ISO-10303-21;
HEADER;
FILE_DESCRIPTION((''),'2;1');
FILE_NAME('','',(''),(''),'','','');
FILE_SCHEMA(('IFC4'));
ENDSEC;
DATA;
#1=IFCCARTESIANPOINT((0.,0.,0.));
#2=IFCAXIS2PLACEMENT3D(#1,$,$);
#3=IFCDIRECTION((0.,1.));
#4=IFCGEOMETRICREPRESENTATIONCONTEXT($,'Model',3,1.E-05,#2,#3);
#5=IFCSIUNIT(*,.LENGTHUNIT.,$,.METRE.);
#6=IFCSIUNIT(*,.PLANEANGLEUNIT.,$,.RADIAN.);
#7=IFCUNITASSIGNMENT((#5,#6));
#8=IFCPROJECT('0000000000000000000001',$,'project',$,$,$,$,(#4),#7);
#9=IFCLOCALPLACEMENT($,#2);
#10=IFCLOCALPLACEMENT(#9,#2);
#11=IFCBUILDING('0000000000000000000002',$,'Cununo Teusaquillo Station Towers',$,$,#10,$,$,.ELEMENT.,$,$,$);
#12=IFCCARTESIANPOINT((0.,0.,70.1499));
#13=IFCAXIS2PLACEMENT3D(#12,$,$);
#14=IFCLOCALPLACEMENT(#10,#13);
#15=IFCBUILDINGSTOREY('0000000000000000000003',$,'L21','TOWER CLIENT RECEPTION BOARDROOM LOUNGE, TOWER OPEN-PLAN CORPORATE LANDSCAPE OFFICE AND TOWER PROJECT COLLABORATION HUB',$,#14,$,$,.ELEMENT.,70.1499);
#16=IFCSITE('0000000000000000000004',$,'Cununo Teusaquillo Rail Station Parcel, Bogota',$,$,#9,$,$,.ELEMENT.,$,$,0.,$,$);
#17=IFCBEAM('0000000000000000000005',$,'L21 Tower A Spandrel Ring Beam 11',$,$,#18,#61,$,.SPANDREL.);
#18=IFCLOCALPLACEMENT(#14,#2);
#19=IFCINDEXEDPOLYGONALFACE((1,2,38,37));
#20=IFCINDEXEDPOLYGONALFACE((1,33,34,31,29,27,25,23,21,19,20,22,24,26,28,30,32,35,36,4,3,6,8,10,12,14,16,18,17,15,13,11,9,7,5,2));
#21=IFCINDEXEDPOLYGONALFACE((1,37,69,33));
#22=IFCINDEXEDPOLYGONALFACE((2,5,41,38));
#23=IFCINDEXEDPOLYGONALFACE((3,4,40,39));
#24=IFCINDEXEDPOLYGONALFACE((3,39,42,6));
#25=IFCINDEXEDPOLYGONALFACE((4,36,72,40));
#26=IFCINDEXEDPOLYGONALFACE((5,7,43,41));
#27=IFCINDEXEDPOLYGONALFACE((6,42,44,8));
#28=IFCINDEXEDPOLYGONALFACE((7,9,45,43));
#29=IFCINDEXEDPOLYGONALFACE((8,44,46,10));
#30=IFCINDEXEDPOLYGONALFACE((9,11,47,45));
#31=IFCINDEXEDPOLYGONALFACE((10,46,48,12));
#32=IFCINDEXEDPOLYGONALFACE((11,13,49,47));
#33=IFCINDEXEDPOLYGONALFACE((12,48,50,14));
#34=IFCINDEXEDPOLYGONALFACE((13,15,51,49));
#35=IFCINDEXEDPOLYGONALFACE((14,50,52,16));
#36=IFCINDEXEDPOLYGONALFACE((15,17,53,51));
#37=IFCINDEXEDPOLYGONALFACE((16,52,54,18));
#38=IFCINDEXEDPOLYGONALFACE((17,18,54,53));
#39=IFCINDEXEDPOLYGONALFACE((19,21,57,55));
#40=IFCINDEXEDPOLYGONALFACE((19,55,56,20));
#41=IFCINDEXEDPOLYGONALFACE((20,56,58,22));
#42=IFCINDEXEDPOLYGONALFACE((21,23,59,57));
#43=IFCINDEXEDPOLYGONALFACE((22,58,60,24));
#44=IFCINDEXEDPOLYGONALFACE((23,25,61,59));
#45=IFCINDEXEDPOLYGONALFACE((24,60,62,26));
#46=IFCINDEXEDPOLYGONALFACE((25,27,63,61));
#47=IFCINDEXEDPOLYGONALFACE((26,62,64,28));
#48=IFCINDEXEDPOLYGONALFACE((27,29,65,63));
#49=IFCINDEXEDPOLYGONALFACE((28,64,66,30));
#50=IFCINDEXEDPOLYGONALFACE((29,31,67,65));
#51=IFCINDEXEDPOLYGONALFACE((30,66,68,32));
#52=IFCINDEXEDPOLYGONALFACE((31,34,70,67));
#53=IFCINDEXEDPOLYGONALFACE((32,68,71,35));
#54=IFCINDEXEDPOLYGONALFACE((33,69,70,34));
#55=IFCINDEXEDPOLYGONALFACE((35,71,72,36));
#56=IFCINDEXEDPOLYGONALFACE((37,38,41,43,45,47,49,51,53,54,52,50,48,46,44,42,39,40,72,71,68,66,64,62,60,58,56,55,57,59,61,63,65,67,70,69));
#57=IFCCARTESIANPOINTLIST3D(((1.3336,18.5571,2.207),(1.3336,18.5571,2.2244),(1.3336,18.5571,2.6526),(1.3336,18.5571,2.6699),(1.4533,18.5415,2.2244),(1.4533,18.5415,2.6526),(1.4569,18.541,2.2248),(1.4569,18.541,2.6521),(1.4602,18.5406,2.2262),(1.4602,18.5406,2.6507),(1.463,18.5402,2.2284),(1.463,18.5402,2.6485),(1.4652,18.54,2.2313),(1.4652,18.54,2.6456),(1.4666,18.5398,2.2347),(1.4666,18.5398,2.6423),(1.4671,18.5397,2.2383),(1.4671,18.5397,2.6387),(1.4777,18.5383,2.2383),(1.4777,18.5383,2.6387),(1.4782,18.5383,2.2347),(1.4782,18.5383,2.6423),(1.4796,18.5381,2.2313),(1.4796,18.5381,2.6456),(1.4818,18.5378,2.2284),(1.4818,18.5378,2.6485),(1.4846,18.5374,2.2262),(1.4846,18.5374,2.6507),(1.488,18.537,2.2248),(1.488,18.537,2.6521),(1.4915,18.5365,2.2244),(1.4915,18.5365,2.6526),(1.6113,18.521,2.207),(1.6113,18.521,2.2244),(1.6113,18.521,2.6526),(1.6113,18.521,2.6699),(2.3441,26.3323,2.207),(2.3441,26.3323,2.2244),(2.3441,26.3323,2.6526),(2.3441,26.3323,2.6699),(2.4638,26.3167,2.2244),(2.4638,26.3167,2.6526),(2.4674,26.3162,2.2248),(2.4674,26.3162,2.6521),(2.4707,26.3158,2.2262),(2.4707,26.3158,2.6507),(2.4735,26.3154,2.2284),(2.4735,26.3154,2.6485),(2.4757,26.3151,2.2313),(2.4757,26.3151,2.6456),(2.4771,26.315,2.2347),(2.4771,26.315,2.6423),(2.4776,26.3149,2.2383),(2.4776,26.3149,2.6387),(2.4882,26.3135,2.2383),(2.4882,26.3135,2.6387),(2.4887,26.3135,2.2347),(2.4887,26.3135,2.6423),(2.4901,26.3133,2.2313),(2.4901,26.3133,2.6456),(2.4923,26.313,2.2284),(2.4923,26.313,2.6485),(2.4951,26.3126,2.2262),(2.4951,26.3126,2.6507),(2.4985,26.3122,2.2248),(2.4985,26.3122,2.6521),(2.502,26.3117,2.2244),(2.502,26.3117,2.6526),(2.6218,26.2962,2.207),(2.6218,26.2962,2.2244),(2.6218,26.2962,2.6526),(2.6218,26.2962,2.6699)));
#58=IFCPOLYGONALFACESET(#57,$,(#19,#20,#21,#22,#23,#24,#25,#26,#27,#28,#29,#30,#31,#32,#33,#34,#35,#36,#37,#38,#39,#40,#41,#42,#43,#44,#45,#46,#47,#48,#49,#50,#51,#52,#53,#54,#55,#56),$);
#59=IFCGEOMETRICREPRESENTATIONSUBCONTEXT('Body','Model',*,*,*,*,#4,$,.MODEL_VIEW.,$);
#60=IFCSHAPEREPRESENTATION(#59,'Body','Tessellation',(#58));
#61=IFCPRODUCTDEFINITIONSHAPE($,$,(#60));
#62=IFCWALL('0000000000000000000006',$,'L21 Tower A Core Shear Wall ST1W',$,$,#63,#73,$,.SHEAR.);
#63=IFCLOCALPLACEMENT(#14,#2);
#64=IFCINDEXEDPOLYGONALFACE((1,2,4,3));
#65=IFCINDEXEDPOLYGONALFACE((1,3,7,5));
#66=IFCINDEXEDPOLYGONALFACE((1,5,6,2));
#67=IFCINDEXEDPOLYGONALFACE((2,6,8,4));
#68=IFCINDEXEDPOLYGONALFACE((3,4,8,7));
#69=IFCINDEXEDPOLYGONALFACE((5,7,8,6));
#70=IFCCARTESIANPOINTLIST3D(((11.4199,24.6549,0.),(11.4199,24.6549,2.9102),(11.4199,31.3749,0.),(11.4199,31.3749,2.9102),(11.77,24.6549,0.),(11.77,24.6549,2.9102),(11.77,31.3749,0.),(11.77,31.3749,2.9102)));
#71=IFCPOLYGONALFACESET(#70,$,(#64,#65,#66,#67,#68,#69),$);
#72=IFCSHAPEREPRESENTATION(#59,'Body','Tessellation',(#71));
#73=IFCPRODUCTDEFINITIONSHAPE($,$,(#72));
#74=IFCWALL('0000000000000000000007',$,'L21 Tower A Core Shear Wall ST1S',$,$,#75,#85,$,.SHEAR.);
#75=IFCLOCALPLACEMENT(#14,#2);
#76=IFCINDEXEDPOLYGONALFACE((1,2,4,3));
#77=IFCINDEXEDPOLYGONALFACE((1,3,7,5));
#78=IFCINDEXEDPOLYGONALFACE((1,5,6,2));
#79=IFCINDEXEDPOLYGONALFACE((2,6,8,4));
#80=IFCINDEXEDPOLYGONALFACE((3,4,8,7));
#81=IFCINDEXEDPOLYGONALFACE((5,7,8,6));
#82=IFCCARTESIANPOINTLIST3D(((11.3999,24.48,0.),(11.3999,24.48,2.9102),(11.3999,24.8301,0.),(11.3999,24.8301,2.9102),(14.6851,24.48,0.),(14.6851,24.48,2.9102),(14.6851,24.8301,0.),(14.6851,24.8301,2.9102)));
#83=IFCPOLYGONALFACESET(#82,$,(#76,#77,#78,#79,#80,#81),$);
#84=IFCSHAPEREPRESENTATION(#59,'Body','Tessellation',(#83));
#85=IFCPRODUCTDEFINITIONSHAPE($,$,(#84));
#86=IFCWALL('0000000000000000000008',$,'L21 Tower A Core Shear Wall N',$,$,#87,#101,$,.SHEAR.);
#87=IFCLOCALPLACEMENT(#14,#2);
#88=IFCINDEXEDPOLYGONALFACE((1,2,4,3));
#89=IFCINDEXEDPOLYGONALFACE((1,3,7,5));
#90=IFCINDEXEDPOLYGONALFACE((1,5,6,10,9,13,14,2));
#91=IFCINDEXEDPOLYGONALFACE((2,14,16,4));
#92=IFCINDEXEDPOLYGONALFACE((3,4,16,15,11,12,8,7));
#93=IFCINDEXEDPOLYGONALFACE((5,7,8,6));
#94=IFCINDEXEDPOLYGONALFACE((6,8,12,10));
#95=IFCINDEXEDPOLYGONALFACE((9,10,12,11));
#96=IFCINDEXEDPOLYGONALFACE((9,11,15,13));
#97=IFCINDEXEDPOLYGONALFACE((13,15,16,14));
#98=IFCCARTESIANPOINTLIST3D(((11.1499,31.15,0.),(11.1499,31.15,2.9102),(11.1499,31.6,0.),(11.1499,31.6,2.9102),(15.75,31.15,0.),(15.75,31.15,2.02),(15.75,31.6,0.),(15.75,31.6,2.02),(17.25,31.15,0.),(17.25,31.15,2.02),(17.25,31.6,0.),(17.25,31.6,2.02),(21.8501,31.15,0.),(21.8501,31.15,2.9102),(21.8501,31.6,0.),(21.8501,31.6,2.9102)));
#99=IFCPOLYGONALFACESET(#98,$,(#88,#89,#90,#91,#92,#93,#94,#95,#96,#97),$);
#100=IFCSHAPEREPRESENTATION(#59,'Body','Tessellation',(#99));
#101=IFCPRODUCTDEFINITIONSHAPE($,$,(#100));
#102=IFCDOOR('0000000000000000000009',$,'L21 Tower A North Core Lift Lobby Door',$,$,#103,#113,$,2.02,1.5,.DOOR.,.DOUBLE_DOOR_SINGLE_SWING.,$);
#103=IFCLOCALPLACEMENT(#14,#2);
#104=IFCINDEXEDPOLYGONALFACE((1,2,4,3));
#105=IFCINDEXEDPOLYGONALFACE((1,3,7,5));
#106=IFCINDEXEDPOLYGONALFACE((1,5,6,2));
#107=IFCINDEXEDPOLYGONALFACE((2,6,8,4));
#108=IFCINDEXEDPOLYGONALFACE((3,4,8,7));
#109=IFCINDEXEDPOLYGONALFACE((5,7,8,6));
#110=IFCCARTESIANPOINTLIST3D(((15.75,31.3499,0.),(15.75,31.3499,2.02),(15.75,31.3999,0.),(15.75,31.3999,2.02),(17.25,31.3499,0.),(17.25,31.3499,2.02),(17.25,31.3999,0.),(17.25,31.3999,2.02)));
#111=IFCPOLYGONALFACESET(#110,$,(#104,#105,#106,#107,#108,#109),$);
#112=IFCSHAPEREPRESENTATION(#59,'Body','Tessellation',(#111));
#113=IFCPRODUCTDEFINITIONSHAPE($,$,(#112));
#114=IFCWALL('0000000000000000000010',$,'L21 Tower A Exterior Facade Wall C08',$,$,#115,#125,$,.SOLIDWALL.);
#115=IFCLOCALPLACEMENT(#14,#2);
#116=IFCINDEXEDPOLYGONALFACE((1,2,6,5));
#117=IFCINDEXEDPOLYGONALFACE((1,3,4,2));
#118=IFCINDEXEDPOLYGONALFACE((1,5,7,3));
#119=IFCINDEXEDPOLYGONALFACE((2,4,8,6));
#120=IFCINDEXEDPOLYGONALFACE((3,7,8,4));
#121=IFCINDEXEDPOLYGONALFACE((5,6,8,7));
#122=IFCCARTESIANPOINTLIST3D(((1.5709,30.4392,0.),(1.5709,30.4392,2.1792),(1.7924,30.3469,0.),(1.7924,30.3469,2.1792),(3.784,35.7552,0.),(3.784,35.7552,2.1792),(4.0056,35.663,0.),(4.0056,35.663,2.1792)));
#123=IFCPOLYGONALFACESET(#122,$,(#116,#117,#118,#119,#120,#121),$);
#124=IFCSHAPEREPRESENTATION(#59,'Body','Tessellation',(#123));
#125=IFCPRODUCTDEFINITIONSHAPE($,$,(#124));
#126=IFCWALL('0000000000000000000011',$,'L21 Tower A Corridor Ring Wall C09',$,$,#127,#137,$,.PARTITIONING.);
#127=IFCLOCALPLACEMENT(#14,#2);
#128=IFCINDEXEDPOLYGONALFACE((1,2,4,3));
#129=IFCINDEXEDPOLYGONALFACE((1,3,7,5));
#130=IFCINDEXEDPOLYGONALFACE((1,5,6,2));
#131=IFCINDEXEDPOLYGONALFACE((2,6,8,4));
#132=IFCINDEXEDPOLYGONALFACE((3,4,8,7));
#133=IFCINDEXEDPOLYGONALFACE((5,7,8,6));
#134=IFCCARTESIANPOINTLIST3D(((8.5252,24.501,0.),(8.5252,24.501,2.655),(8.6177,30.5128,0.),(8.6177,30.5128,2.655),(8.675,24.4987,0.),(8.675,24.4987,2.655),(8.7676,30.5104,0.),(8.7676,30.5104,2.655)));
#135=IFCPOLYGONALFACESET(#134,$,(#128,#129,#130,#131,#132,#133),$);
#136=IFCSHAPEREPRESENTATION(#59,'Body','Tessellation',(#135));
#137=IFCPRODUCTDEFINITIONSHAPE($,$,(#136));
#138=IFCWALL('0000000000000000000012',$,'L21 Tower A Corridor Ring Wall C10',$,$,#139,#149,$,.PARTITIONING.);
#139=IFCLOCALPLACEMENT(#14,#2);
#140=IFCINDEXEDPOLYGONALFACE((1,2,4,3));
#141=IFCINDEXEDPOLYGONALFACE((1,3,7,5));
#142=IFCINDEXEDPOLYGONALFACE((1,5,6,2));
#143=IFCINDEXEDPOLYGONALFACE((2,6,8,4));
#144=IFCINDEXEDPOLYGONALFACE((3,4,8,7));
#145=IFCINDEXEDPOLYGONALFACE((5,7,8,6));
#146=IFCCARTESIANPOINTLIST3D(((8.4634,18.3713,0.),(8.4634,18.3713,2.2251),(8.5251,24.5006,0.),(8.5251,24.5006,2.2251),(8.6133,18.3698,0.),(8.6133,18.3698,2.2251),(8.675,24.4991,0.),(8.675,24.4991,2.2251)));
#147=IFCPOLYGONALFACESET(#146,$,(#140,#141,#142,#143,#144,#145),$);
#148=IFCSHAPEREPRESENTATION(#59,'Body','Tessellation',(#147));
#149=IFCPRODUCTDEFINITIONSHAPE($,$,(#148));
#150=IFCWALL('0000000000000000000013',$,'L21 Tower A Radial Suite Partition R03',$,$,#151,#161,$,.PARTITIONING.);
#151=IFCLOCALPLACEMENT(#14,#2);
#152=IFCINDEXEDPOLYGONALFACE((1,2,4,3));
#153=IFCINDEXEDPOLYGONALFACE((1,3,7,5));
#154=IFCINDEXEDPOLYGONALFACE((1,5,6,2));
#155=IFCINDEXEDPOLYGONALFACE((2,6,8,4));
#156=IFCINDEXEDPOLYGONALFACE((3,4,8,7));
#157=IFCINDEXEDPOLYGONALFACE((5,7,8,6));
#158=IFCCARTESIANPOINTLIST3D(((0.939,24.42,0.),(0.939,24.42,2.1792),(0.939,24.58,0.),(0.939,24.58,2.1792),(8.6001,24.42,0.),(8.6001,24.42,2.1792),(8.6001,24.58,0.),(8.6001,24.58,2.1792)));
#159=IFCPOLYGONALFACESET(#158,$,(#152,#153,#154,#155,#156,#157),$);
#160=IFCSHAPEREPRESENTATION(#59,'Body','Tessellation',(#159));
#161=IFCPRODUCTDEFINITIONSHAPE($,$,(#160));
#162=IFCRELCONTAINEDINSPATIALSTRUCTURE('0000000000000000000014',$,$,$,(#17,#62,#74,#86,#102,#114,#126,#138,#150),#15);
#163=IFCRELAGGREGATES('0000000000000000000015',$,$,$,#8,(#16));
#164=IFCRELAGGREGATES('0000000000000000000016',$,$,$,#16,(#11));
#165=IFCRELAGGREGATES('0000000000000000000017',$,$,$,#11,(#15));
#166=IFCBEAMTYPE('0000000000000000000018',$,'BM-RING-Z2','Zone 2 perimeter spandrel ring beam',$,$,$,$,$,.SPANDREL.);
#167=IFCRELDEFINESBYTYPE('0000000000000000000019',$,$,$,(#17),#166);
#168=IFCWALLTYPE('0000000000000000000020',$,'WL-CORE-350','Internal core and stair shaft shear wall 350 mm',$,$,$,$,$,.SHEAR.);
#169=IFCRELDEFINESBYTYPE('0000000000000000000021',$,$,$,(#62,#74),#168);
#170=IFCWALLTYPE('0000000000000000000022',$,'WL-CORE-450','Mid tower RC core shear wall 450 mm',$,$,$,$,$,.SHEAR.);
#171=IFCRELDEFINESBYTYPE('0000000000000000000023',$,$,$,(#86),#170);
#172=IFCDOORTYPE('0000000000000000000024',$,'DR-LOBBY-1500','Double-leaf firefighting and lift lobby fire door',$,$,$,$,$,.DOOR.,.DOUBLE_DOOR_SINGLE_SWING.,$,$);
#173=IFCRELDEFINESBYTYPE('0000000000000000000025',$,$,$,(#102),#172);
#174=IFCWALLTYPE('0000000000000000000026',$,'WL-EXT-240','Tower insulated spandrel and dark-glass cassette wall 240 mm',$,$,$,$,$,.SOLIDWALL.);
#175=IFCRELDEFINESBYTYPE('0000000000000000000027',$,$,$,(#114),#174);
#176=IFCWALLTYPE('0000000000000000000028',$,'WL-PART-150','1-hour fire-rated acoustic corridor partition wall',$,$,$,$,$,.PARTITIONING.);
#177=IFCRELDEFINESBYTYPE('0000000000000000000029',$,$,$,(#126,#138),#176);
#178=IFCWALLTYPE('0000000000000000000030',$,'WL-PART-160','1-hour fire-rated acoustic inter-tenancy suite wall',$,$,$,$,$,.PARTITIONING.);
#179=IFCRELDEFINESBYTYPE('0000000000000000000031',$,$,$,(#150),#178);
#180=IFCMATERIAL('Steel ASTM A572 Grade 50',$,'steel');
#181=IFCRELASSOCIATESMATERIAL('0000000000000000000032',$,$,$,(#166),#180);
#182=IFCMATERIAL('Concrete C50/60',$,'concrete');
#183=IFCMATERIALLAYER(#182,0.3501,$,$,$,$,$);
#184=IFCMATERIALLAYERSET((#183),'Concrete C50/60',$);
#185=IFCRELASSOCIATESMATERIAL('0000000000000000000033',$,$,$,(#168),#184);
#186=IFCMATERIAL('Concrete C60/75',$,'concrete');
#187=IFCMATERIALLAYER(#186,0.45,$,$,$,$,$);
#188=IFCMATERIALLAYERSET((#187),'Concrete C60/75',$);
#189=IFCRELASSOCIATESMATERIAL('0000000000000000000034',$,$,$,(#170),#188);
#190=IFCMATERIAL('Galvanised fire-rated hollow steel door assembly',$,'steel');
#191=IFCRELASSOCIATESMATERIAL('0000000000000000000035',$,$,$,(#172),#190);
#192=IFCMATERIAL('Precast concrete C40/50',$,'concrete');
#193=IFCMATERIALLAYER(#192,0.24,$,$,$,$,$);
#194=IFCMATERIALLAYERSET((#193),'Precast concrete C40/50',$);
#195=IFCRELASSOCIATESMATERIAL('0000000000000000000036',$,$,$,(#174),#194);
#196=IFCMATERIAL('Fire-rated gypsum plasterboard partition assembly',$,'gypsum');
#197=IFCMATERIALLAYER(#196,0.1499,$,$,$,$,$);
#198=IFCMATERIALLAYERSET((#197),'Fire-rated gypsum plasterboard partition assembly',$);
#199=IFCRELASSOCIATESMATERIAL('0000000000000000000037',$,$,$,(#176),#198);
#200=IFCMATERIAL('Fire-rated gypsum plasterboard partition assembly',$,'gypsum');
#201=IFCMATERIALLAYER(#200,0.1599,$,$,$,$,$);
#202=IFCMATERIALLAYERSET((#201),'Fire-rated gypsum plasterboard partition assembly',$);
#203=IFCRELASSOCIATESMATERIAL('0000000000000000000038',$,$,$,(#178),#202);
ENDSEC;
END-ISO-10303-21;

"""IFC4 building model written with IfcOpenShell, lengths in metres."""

from ifc_helpers import new_model, si_unit, direction, frame, frame_2d, origin, origin_2d, place, context, subcontext, project, spatial, rectangle, i_section, extrude, source, transform, mapped, material, layer, layer_set, material_profile, profile_set, type_object, element, fill, save


model = new_model("IFC4")

# Units and contexts
model_context = context("Model", 3, precision=1e-05, world=origin(), true_north=direction((0.0, 1.0)))
body_context = subcontext(model_context, "Body", "Model", "MODEL_VIEW")
ifc_project = project(units=[si_unit("LENGTHUNIT", "METRE"), si_unit("PLANEANGLEUNIT", "RADIAN")], contexts=[model_context])

# Site, building, storey
site_placement = place(None, origin())
site = spatial("IfcSite", under=ifc_project, at=site_placement, Name="Cununo Teusaquillo Rail Station Parcel, Bogota", CompositionType="ELEMENT", RefElevation=0.0)
building_placement = place(site_placement, origin())
building = spatial("IfcBuilding", under=site, at=building_placement, Name="Cununo Teusaquillo Station Towers", CompositionType="ELEMENT")
storey_placement = place(building_placement, frame((0.0, 0.0, 70.1499)))
storey = spatial("IfcBuildingStorey", under=building, at=storey_placement, Name="L21", Description="TOWER CLIENT RECEPTION BOARDROOM LOUNGE, TOWER OPEN-PLAN CORPORATE LANDSCAPE OFFICE AND TOWER PROJECT COLLABORATION HUB", CompositionType="ELEMENT", Elevation=70.1499)

# Beam
ifc_material_1 = material(Name="Steel ASTM A572 Grade 50", Category="steel")
ifc_material_profile_1 = material_profile(ifc_material_1, i_section(OverallWidth=0.28, OverallDepth=0.4629, WebThickness=0.0107, FlangeThickness=0.0173, FilletRadius=0.0139, at=origin_2d()), Name="W18X76")
ifc_profile_set_1 = profile_set([ifc_material_profile_1], Name="Steel ASTM A572 Grade 50")
beam_type_1 = type_object("IfcBeamType", Name="BM-RING-Z2", Description="Zone 2 perimeter spandrel ring beam", PredefinedType="SPANDREL", material=ifc_profile_set_1)
beam_1_placement = place(storey_placement, frame((2.4829, 26.3142, 2.4385), z_axis=(-0.128881, -0.99166, 0.0), x_axis=(0.99166, -0.128881, 0.0)))
element("IfcBeam", 1, at=beam_1_placement, inside=storey, type_object=beam_type_1, Name="L21 Tower A Spandrel Ring Beam 11", PredefinedType="SPANDREL", context=body_context, shape_type="SweptSolid", body=[
    extrude(i_section(OverallWidth=0.28, OverallDepth=0.4629, WebThickness=0.0107, FlangeThickness=0.0173, FilletRadius=0.0139, at=origin_2d()), origin(), (0.0, 0.0, 1.0), 7.8406),
])

# Walls
ifc_material_2 = material(Name="Concrete C50/60", Category="concrete")
ifc_layer_1 = layer(ifc_material_2, 0.3501)
ifc_layer_set_1 = layer_set([ifc_layer_1], Name="Concrete C50/60")
wall_type_1 = type_object("IfcWallType", Name="WL-CORE-350", Description="Internal core and stair shaft shear wall 350 mm", PredefinedType="SHEAR", material=ifc_layer_set_1)
wall_1_placement = place(storey_placement, frame((11.595, 24.655, 0.0), z_axis=(0.0, 0.0, 1.0), x_axis=(0.0, 1.0, 0.0)))
element("IfcWall", 2, at=wall_1_placement, inside=storey, type_object=wall_type_1, Name="L21 Tower A Core Shear Wall ST1W", PredefinedType="SHEAR", context=body_context, shape_type="SweptSolid", body=[
    extrude(rectangle(XDim=6.72, YDim=0.3501, at=frame_2d((3.3599, 0.0))), origin(), (0.0, 0.0, 1.0), 2.9102),
])
wall_2_placement = place(storey_placement, frame((11.3999, 24.655, 0.0), z_axis=(0.0, 0.0, 1.0), x_axis=(1.0, 0.0, 0.0)))
element("IfcWall", 3, at=wall_2_placement, inside=storey, type_object=wall_type_1, Name="L21 Tower A Core Shear Wall ST1S", PredefinedType="SHEAR", context=body_context, shape_type="SweptSolid", body=[
    extrude(rectangle(XDim=3.2852, YDim=0.3501, at=frame_2d((1.6426, 0.0))), origin(), (0.0, 0.0, 1.0), 2.9102),
])

# Wall, opening, door
ifc_material_3 = material(Name="Concrete C60/75", Category="concrete")
ifc_layer_2 = layer(ifc_material_3, 0.45)
ifc_layer_set_2 = layer_set([ifc_layer_2], Name="Concrete C60/75")
wall_type_2 = type_object("IfcWallType", Name="WL-CORE-450", Description="Mid tower RC core shear wall 450 mm", PredefinedType="SHEAR", material=ifc_layer_set_2)
wall_3_placement = place(storey_placement, frame((11.1499, 31.375, 0.0), z_axis=(0.0, 0.0, 1.0), x_axis=(1.0, 0.0, 0.0)))
wall_3 = element("IfcWall", 4, at=wall_3_placement, inside=storey, type_object=wall_type_2, Name="L21 Tower A Core Shear Wall N", PredefinedType="SHEAR", context=body_context, shape_type="SweptSolid", body=[
    extrude(rectangle(XDim=10.7002, YDim=0.45, at=frame_2d((5.3501, 0.0))), origin(), (0.0, 0.0, 1.0), 2.9102),
])
shared_shape_1 = source(origin(), body_context, "Body", "SweptSolid", [
    extrude(rectangle(XDim=1.5, YDim=2.02, at=frame_2d((0.75, 1.01))), frame((0.0, 0.2349, 0.0), z_axis=(0.0, -1.0, 0.0), x_axis=(1.0, 0.0, 0.0)), (0.0, 0.0, 1.0), 0.47),
])
opening_1_placement = place(wall_3_placement, frame((4.6001, 0.0, 0.0)))
opening_1 = element("IfcOpeningElement", 5, at=opening_1_placement, cuts=wall_3, PredefinedType="OPENING", context=body_context, shape_type="MappedRepresentation", body=[
    mapped(shared_shape_1, transform((0.0, 0.0, 0.0), x_axis=(1.0, 0.0, 0.0), y_axis=(0.0, 1.0, 0.0), z_axis=(0.0, 0.0, 1.0), scale=1.0)),
])
ifc_material_4 = material(Name="Galvanised fire-rated hollow steel door assembly", Category="steel")
door_type_1 = type_object("IfcDoorType", Name="DR-LOBBY-1500", Description="Double-leaf firefighting and lift lobby fire door", OperationType="DOUBLE_DOOR_SINGLE_SWING", PredefinedType="DOOR", material=ifc_material_4)
shared_shape_2 = source(origin(), body_context, "Body", "SweptSolid", [
    extrude(rectangle(XDim=1.5, YDim=2.02, at=frame_2d((0.75, 1.01))), frame((0.0, 0.0249, 0.0), z_axis=(0.0, -1.0, 0.0), x_axis=(1.0, 0.0, 0.0)), (0.0, 0.0, 1.0), 0.05),
])
door_1_placement = place(opening_1_placement, origin())
door_1 = element("IfcDoor", 6, at=door_1_placement, inside=storey, type_object=door_type_1, Name="L21 Tower A North Core Lift Lobby Door", OperationType="DOUBLE_DOOR_SINGLE_SWING", OverallHeight=2.02, OverallWidth=1.5, PredefinedType="DOOR", context=body_context, shape_type="MappedRepresentation", body=[
    mapped(shared_shape_2, transform((0.0, 0.0, 0.0), x_axis=(1.0, 0.0, 0.0), y_axis=(0.0, 1.0, 0.0), z_axis=(0.0, 0.0, 1.0), scale=1.0)),
])
fill(opening_1, door_1)

# Walls
ifc_material_5 = material(Name="Precast concrete C40/50", Category="concrete")
ifc_layer_3 = layer(ifc_material_5, 0.24)
ifc_layer_set_3 = layer_set([ifc_layer_3], Name="Precast concrete C40/50")
wall_type_3 = type_object("IfcWallType", Name="WL-EXT-240", Description="Tower insulated spandrel and dark-glass cassette wall 240 mm", PredefinedType="SOLIDWALL", material=ifc_layer_set_3)
wall_4_placement = place(storey_placement, frame((1.6816, 30.3931, 0.0), z_axis=(0.0, 0.0, 1.0), x_axis=(0.384344, 0.92319, 0.0)))
element("IfcWall", 7, at=wall_4_placement, inside=storey, type_object=wall_type_3, Name="L21 Tower A Exterior Facade Wall C08", PredefinedType="SOLIDWALL", context=body_context, shape_type="SweptSolid", body=[
    extrude(rectangle(XDim=5.7583, YDim=0.24, at=frame_2d((2.8792, 0.0))), origin(), (0.0, 0.0, 1.0), 2.1792),
])
ifc_material_6 = material(Name="Fire-rated gypsum plasterboard partition assembly", Category="gypsum")
ifc_layer_4 = layer(ifc_material_6, 0.1499)
ifc_layer_set_4 = layer_set([ifc_layer_4], Name="Fire-rated gypsum plasterboard partition assembly")
wall_type_4 = type_object("IfcWallType", Name="WL-PART-150", Description="1-hour fire-rated acoustic corridor partition wall", PredefinedType="PARTITIONING", material=ifc_layer_set_4)
wall_5_placement = place(storey_placement, frame((8.6926, 30.5117, 0.0), z_axis=(0.0, 0.0, 1.0), x_axis=(-0.01539, -0.999882, 0.0)))
element("IfcWall", 8, at=wall_5_placement, inside=storey, type_object=wall_type_4, Name="L21 Tower A Corridor Ring Wall C09", PredefinedType="PARTITIONING", context=body_context, shape_type="SweptSolid", body=[
    extrude(rectangle(XDim=6.0125, YDim=0.1499, at=frame_2d((3.0063, 0.0))), origin(), (0.0, 0.0, 1.0), 2.655),
])
wall_6_placement = place(storey_placement, frame((8.6001, 24.5, 0.0), z_axis=(0.0, 0.0, 1.0), x_axis=(-0.010077, -0.999949, 0.0)))
element("IfcWall", 9, at=wall_6_placement, inside=storey, type_object=wall_type_4, Name="L21 Tower A Corridor Ring Wall C10", PredefinedType="PARTITIONING", context=body_context, shape_type="SweptSolid", body=[
    extrude(rectangle(XDim=6.1296, YDim=0.1499, at=frame_2d((3.0649, 0.0))), origin(), (0.0, 0.0, 1.0), 2.2251),
])
ifc_material_7 = material(Name="Fire-rated gypsum plasterboard partition assembly", Category="gypsum")
ifc_layer_5 = layer(ifc_material_7, 0.1599)
ifc_layer_set_5 = layer_set([ifc_layer_5], Name="Fire-rated gypsum plasterboard partition assembly")
wall_type_5 = type_object("IfcWallType", Name="WL-PART-160", Description="1-hour fire-rated acoustic inter-tenancy suite wall", PredefinedType="PARTITIONING", material=ifc_layer_set_5)
wall_7_placement = place(storey_placement, frame((8.6001, 24.5, 0.0), z_axis=(0.0, 0.0, 1.0), x_axis=(-1.0, 0.0, 0.0)))
element("IfcWall", 10, at=wall_7_placement, inside=storey, type_object=wall_type_5, Name="L21 Tower A Radial Suite Partition R03", PredefinedType="PARTITIONING", context=body_context, shape_type="SweptSolid", body=[
    extrude(rectangle(XDim=7.6611, YDim=0.1599, at=frame_2d((3.8306, 0.0))), origin(), (0.0, 0.0, 1.0), 2.1792),
])

save(model, "model.ifc")
